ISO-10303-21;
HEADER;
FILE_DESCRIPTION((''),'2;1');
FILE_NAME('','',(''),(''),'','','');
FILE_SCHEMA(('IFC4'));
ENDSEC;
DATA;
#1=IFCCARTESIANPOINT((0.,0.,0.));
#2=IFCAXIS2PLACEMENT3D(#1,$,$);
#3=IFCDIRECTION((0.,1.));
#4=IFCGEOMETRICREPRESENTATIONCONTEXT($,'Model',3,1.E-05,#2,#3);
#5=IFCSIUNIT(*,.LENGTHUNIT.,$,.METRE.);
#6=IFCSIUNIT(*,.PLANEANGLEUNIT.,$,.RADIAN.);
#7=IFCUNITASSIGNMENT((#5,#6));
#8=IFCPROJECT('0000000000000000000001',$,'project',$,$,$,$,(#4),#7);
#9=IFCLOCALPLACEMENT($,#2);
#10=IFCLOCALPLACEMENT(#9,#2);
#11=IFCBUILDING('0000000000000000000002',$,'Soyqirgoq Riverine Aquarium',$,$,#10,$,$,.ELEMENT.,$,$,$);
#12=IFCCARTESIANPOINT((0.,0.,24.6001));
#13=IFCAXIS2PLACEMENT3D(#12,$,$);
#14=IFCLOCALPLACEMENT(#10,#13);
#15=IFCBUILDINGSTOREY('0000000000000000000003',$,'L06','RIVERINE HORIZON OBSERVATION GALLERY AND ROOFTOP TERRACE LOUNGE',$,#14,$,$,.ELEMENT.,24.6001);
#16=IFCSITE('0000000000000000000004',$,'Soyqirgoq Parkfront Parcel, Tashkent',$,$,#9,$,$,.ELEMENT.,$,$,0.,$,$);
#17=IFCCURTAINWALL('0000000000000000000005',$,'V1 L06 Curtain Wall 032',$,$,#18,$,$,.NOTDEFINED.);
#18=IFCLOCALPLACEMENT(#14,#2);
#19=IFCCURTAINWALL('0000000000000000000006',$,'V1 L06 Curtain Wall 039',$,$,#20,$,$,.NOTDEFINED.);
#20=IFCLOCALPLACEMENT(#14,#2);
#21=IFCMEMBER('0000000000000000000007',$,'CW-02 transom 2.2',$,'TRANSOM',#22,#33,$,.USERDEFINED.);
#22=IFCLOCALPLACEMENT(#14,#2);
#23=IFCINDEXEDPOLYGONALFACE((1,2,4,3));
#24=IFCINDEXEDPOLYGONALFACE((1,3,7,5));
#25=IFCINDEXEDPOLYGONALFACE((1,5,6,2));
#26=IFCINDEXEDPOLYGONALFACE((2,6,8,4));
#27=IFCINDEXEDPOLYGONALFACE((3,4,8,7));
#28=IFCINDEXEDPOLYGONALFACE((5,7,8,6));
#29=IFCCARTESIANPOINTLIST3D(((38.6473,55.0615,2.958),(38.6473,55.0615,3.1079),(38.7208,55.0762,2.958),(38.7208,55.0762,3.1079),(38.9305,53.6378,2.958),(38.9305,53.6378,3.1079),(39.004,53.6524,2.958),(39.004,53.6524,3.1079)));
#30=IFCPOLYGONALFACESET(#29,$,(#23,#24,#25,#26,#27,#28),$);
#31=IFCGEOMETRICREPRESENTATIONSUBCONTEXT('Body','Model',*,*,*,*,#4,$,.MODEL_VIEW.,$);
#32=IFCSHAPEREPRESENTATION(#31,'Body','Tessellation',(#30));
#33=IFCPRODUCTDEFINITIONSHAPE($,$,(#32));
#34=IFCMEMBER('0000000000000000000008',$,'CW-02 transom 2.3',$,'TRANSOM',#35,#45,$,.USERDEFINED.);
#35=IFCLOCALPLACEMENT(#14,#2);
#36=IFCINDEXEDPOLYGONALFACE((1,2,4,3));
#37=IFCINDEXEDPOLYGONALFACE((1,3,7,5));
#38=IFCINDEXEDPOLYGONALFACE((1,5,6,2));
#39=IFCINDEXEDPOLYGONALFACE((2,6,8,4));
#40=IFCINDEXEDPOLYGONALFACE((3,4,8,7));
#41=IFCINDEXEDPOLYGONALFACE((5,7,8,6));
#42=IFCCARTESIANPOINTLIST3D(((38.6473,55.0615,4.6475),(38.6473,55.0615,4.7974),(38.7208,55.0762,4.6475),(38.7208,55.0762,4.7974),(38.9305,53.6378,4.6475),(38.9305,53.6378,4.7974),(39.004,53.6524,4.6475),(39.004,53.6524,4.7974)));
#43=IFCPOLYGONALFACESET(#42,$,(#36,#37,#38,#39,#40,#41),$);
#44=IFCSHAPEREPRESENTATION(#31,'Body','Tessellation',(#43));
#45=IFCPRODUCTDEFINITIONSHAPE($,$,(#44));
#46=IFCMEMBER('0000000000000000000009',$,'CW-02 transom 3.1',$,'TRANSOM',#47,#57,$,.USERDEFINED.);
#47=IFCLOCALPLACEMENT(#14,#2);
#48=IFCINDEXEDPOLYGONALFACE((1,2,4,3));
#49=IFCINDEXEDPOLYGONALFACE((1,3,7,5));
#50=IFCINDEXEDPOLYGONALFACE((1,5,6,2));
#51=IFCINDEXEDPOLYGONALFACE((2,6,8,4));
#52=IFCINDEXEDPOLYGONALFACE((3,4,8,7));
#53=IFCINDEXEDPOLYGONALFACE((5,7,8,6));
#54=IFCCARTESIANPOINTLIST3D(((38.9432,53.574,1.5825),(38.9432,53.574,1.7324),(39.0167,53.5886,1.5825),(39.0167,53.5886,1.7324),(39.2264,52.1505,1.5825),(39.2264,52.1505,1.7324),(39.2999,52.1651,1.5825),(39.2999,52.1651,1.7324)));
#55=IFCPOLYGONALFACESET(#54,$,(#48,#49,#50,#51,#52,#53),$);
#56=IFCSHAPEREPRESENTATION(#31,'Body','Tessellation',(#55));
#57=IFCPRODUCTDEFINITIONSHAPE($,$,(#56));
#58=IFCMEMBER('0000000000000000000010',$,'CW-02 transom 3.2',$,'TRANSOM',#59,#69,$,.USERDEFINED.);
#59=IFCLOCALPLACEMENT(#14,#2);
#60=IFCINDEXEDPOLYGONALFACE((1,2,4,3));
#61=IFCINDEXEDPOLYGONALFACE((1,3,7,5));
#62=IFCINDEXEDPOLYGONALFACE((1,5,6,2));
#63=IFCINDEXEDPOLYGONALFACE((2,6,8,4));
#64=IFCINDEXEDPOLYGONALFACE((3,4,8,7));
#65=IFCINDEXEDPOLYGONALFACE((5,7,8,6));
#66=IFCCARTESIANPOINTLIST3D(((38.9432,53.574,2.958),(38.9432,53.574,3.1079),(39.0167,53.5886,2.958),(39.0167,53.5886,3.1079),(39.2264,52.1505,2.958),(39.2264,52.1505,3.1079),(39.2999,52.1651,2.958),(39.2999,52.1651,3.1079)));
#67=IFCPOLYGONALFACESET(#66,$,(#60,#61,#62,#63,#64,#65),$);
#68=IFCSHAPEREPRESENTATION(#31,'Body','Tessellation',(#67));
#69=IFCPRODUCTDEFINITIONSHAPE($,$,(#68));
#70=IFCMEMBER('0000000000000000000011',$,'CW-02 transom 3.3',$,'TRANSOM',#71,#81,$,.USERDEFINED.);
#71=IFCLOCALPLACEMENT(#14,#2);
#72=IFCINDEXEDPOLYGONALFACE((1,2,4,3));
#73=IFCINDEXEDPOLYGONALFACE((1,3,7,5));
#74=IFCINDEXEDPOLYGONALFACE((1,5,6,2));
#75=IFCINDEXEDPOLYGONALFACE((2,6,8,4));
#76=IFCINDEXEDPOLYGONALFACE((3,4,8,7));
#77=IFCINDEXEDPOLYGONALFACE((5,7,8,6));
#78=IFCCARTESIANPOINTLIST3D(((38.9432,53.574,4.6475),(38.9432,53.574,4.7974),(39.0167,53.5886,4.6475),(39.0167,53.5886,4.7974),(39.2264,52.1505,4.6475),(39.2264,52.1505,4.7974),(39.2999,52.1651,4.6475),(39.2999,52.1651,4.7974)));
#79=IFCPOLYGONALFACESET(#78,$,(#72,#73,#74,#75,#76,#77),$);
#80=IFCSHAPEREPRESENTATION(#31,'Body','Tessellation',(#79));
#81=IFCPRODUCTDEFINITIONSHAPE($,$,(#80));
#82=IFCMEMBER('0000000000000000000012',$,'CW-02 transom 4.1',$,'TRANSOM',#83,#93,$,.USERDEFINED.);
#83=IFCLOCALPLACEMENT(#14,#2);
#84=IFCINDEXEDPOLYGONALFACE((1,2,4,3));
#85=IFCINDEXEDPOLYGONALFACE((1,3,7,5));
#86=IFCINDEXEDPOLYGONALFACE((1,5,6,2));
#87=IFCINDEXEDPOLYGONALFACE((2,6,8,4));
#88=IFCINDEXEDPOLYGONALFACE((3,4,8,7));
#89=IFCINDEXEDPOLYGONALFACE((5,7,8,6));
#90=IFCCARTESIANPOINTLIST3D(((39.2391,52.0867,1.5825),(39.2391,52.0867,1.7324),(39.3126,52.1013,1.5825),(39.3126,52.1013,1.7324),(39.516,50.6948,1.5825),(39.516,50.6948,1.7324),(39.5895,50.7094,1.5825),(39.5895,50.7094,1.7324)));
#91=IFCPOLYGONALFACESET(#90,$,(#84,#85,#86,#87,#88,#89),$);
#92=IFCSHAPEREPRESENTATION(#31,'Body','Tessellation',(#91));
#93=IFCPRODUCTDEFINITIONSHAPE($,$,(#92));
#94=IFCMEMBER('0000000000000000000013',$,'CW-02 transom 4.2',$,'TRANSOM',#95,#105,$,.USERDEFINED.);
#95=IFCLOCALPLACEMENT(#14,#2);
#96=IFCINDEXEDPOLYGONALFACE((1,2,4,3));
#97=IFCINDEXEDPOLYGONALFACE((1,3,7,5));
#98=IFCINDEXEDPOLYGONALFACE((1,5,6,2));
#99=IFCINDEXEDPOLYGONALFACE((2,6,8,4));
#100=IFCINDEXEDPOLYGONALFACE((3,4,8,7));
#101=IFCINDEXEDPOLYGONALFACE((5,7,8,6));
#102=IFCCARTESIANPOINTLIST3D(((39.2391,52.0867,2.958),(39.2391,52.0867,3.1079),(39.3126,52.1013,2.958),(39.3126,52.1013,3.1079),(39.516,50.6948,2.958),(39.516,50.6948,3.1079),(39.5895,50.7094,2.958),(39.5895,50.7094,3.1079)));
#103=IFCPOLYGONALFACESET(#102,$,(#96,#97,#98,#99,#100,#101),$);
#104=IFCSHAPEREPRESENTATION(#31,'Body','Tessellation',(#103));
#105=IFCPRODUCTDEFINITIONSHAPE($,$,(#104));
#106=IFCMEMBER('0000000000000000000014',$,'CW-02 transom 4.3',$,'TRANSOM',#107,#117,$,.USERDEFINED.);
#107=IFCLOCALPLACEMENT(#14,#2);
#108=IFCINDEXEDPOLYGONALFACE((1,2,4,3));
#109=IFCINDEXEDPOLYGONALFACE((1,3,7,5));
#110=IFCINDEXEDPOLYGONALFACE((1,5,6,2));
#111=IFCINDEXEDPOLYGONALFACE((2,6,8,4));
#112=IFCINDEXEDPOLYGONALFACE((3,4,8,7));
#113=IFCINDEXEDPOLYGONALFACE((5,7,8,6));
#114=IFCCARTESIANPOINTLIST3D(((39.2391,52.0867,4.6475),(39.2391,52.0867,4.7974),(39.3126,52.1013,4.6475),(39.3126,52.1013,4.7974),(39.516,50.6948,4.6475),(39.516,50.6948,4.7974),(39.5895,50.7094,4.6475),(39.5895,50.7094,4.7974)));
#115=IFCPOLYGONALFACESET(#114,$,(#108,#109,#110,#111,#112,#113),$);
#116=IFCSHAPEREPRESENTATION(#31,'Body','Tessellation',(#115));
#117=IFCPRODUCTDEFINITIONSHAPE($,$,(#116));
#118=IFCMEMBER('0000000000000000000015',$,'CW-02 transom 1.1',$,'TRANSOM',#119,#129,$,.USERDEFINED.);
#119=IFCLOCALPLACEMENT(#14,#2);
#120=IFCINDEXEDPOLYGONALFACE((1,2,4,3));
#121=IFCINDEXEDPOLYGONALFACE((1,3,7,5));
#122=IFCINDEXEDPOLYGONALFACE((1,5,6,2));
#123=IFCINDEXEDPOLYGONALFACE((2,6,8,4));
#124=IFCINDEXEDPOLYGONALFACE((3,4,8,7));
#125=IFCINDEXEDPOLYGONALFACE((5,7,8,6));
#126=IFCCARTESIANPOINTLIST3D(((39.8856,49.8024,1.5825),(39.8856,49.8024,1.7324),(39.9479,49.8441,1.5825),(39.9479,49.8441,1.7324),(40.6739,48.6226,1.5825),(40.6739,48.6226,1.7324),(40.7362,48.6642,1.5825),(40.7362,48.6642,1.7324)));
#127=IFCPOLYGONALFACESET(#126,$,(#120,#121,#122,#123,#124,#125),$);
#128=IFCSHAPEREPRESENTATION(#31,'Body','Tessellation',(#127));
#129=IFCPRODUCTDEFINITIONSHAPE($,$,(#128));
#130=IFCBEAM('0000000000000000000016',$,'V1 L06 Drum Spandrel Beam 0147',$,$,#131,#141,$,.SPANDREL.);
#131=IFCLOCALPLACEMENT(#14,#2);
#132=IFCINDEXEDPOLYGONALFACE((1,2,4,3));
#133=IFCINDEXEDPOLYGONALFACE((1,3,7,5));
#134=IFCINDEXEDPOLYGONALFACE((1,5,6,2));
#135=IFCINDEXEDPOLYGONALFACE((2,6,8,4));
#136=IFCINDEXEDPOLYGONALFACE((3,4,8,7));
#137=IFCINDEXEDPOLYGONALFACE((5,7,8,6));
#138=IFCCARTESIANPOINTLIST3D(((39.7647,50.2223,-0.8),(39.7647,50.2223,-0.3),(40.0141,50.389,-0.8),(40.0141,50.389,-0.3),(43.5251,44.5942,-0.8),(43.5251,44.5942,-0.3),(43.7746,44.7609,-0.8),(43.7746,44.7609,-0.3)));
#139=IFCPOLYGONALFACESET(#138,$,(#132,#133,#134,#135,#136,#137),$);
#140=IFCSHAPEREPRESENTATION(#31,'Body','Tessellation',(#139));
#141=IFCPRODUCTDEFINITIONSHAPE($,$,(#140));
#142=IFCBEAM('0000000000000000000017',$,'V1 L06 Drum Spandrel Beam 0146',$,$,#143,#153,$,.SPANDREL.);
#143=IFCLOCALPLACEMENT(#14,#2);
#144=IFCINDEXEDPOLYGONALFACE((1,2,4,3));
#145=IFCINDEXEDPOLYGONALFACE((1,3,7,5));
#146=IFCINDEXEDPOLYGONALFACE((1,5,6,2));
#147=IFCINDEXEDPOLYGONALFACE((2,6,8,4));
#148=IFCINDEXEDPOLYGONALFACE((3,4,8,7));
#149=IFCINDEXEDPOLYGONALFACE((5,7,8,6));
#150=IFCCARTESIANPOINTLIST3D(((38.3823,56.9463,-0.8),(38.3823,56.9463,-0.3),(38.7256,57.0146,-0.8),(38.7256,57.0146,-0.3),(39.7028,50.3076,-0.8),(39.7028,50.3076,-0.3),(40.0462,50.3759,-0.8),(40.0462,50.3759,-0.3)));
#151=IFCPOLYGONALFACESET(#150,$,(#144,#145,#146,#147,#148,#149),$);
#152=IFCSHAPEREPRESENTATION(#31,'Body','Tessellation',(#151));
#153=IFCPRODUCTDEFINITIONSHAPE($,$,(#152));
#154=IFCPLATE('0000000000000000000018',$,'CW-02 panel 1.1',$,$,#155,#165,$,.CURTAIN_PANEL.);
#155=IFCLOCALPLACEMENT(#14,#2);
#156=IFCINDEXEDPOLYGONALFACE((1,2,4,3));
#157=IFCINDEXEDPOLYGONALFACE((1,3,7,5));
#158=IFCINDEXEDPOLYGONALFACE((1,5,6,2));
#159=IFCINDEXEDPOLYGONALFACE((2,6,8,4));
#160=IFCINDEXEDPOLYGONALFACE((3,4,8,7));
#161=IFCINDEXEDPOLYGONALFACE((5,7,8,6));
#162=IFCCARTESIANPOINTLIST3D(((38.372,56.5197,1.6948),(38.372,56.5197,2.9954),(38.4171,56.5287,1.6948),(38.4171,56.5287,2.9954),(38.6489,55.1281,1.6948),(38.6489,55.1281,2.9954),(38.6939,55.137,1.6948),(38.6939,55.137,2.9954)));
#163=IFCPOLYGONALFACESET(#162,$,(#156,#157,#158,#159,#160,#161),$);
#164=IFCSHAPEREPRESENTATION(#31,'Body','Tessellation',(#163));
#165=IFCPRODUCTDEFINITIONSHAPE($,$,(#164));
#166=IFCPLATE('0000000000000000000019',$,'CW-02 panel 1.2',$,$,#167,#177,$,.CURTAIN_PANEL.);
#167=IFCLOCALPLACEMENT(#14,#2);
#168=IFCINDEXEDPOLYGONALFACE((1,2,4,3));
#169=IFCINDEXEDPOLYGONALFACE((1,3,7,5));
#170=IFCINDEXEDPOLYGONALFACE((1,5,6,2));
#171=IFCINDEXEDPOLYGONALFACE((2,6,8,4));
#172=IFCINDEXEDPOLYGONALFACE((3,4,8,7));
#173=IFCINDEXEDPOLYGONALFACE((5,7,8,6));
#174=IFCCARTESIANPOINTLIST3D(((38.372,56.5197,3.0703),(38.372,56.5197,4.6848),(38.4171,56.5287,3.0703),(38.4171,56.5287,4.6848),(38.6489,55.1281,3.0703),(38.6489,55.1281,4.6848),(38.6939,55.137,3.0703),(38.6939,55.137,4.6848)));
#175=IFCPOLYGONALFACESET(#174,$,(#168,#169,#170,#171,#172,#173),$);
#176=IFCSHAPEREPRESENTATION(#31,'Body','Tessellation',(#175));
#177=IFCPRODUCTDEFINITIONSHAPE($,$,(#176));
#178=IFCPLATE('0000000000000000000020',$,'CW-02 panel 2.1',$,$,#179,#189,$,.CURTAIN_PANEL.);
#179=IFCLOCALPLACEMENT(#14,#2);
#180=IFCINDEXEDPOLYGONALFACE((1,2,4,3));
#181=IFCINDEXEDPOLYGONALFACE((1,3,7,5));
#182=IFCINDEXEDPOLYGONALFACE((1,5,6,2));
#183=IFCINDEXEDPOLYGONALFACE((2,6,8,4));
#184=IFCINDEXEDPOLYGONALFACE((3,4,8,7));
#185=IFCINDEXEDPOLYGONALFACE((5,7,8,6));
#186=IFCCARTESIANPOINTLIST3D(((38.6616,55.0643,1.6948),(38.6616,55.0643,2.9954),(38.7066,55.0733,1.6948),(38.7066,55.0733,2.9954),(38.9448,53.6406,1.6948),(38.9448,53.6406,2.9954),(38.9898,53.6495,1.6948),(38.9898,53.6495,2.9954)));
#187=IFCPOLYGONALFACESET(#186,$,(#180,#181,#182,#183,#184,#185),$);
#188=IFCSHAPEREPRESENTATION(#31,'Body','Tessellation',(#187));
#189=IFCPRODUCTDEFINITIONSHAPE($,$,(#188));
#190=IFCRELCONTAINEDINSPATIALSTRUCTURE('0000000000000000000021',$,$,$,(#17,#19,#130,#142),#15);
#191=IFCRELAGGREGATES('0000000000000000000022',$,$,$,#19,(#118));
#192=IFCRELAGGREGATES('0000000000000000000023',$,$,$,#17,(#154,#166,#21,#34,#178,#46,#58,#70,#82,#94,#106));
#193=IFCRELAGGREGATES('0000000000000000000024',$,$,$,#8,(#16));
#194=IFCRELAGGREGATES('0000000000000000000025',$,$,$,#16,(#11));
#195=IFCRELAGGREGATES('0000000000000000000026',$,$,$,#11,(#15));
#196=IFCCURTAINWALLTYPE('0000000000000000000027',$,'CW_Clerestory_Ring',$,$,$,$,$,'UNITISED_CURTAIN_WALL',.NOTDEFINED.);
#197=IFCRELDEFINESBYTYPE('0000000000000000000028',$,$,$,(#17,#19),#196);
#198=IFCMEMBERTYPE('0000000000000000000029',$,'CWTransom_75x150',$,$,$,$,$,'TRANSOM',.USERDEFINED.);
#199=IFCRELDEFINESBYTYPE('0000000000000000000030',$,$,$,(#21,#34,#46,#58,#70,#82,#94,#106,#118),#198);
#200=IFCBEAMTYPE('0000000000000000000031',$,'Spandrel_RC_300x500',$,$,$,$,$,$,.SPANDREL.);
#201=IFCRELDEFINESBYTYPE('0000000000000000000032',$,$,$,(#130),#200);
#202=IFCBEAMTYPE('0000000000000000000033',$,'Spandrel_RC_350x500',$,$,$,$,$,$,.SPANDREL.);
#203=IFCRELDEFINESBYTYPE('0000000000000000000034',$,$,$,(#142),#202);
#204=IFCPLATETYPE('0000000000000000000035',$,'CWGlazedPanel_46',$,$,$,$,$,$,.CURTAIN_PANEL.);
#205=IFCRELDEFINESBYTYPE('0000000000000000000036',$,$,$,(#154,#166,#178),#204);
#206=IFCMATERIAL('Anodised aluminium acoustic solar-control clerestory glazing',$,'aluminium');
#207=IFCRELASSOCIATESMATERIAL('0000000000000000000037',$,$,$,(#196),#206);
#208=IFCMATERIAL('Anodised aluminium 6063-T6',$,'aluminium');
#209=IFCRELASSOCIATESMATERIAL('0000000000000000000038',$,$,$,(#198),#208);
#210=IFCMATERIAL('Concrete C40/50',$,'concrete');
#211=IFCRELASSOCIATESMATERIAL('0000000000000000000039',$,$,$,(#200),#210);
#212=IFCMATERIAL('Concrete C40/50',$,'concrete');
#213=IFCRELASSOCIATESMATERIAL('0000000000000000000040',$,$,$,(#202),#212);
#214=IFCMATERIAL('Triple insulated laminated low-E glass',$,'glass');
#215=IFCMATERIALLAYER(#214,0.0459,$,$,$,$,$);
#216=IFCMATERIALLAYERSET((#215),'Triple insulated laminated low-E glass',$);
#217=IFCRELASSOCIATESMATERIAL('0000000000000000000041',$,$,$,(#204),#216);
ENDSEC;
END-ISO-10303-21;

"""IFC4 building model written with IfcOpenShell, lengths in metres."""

from ifc_helpers import new_model, si_unit, direction, frame, origin, origin_2d, place, context, subcontext, project, spatial, rectangle, extrude, material, layer, layer_set, material_profile, profile_set, type_object, element, aggregate, save


model = new_model("IFC4")

# Units and contexts
model_context = context("Model", 3, precision=1e-05, world=origin(), true_north=direction((0.0, 1.0)))
body_context = subcontext(model_context, "Body", "Model", "MODEL_VIEW")
ifc_project = project(units=[si_unit("LENGTHUNIT", "METRE"), si_unit("PLANEANGLEUNIT", "RADIAN")], contexts=[model_context])

# Site, building, storey
site_placement = place(None, origin())
site = spatial("IfcSite", under=ifc_project, at=site_placement, Name="Soyqirgoq Parkfront Parcel, Tashkent", CompositionType="ELEMENT", RefElevation=0.0)
building_placement = place(site_placement, origin())
building = spatial("IfcBuilding", under=site, at=building_placement, Name="Soyqirgoq Riverine Aquarium", CompositionType="ELEMENT")
storey_placement = place(building_placement, frame((0.0, 0.0, 24.6001)))
storey = spatial("IfcBuildingStorey", under=building, at=storey_placement, Name="L06", Description="RIVERINE HORIZON OBSERVATION GALLERY AND ROOFTOP TERRACE LOUNGE", CompositionType="ELEMENT", Elevation=24.6001)

# Shared definitions
ifc_material_1 = material(Name="Anodised aluminium acoustic solar-control clerestory glazing", Category="aluminium")
curtain_wall_type = type_object("IfcCurtainWallType", Name="CW_Clerestory_Ring", ElementType="UNITISED_CURTAIN_WALL", PredefinedType="NOTDEFINED", material=ifc_material_1)

# Curtain wall
curtain_wall_1_placement = place(storey_placement, origin())
curtain_wall_1 = element("IfcCurtainWall", 1, at=curtain_wall_1_placement, inside=storey, type_object=curtain_wall_type, Name="V1 L06 Curtain Wall 032", PredefinedType="NOTDEFINED")

# Curtain wall
curtain_wall_2_placement = place(storey_placement, origin())
curtain_wall_2 = element("IfcCurtainWall", 2, at=curtain_wall_2_placement, inside=storey, type_object=curtain_wall_type, Name="V1 L06 Curtain Wall 039", PredefinedType="NOTDEFINED")

# Members
ifc_material_2 = material(Name="Anodised aluminium 6063-T6", Category="aluminium")
ifc_material_profile_1 = material_profile(ifc_material_2, rectangle(XDim=0.075, YDim=0.1499, at=origin_2d()), Name="ALU-T 75x150")
ifc_profile_set_1 = profile_set([ifc_material_profile_1], Name="Anodised aluminium 6063-T6")
member_type_1 = type_object("IfcMemberType", Name="CWTransom_75x150", ElementType="TRANSOM", PredefinedType="USERDEFINED", material=ifc_profile_set_1)
member_1_placement = place(storey_placement, frame((38.6841, 55.0688, 3.033), z_axis=(0.195081, -0.980787, 0.0), x_axis=(0.980787, 0.195081, 0.0)))
member_1 = element("IfcMember", 3, at=member_1_placement, type_object=member_type_1, Name="CW-02 transom 2.2", ObjectType="TRANSOM", PredefinedType="USERDEFINED", context=body_context, shape_type="SweptSolid", body=[
    extrude(rectangle(XDim=0.075, YDim=0.1499, at=origin_2d()), origin(), (0.0, 0.0, 1.0), 1.4517),
])
member_2_placement = place(storey_placement, frame((38.6841, 55.0688, 4.7224), z_axis=(0.195081, -0.980787, 0.0), x_axis=(0.980787, 0.195081, 0.0)))
member_2 = element("IfcMember", 4, at=member_2_placement, type_object=member_type_1, Name="CW-02 transom 2.3", ObjectType="TRANSOM", PredefinedType="USERDEFINED", context=body_context, shape_type="SweptSolid", body=[
    extrude(rectangle(XDim=0.075, YDim=0.1499, at=origin_2d()), origin(), (0.0, 0.0, 1.0), 1.4517),
])
member_3_placement = place(storey_placement, frame((38.98, 53.5813, 1.6575), z_axis=(0.195113, -0.980781, 0.0), x_axis=(0.980781, 0.195113, 0.0)))
member_3 = element("IfcMember", 5, at=member_3_placement, type_object=member_type_1, Name="CW-02 transom 3.1", ObjectType="TRANSOM", PredefinedType="USERDEFINED", context=body_context, shape_type="SweptSolid", body=[
    extrude(rectangle(XDim=0.075, YDim=0.1499, at=origin_2d()), origin(), (0.0, 0.0, 1.0), 1.4514),
])
member_4_placement = place(storey_placement, frame((38.98, 53.5813, 3.033), z_axis=(0.195113, -0.980781, 0.0), x_axis=(0.980781, 0.195113, 0.0)))
member_4 = element("IfcMember", 6, at=member_4_placement, type_object=member_type_1, Name="CW-02 transom 3.2", ObjectType="TRANSOM", PredefinedType="USERDEFINED", context=body_context, shape_type="SweptSolid", body=[
    extrude(rectangle(XDim=0.075, YDim=0.1499, at=origin_2d()), origin(), (0.0, 0.0, 1.0), 1.4514),
])
member_5_placement = place(storey_placement, frame((38.98, 53.5813, 4.7224), z_axis=(0.195113, -0.980781, 0.0), x_axis=(0.980781, 0.195113, 0.0)))
member_5 = element("IfcMember", 7, at=member_5_placement, type_object=member_type_1, Name="CW-02 transom 3.3", ObjectType="TRANSOM", PredefinedType="USERDEFINED", context=body_context, shape_type="SweptSolid", body=[
    extrude(rectangle(XDim=0.075, YDim=0.1499, at=origin_2d()), origin(), (0.0, 0.0, 1.0), 1.4514),
])
member_6_placement = place(storey_placement, frame((39.2759, 52.094, 1.6575), z_axis=(0.19509, -0.980785, 0.0), x_axis=(0.980785, 0.19509, 0.0)))
member_6 = element("IfcMember", 8, at=member_6_placement, type_object=member_type_1, Name="CW-02 transom 4.1", ObjectType="TRANSOM", PredefinedType="USERDEFINED", context=body_context, shape_type="SweptSolid", body=[
    extrude(rectangle(XDim=0.075, YDim=0.1499, at=origin_2d()), origin(), (0.0, 0.0, 1.0), 1.4192),
])
member_7_placement = place(storey_placement, frame((39.2759, 52.094, 3.033), z_axis=(0.19509, -0.980785, 0.0), x_axis=(0.980785, 0.19509, 0.0)))
member_7 = element("IfcMember", 9, at=member_7_placement, type_object=member_type_1, Name="CW-02 transom 4.2", ObjectType="TRANSOM", PredefinedType="USERDEFINED", context=body_context, shape_type="SweptSolid", body=[
    extrude(rectangle(XDim=0.075, YDim=0.1499, at=origin_2d()), origin(), (0.0, 0.0, 1.0), 1.4192),
])
member_8_placement = place(storey_placement, frame((39.2759, 52.094, 4.7224), z_axis=(0.19509, -0.980785, 0.0), x_axis=(0.980785, 0.19509, 0.0)))
member_8 = element("IfcMember", 10, at=member_8_placement, type_object=member_type_1, Name="CW-02 transom 4.3", ObjectType="TRANSOM", PredefinedType="USERDEFINED", context=body_context, shape_type="SweptSolid", body=[
    extrude(rectangle(XDim=0.075, YDim=0.1499, at=origin_2d()), origin(), (0.0, 0.0, 1.0), 1.4192),
])
member_9_placement = place(storey_placement, frame((39.9167, 49.8232, 1.6575), z_axis=(0.555534, -0.831494, 0.0), x_axis=(0.831494, 0.555534, 0.0)))
member_9 = element("IfcMember", 11, at=member_9_placement, type_object=member_type_1, Name="CW-02 transom 1.1", ObjectType="TRANSOM", PredefinedType="USERDEFINED", context=body_context, shape_type="SweptSolid", body=[
    extrude(rectangle(XDim=0.075, YDim=0.1499, at=origin_2d()), origin(), (0.0, 0.0, 1.0), 1.4189),
])
aggregate(curtain_wall_2, [member_9])

# Beams
ifc_material_3 = material(Name="Concrete C40/50", Category="concrete")
ifc_material_profile_2 = material_profile(ifc_material_3, rectangle(XDim=0.3, YDim=0.5, at=origin_2d()), Name="RC 300x500")
ifc_profile_set_2 = profile_set([ifc_material_profile_2], Name="Concrete C40/50")
beam_type_1 = type_object("IfcBeamType", Name="Spandrel_RC_300x500", PredefinedType="SPANDREL", material=ifc_profile_set_2)
beam_1_placement = place(storey_placement, frame((39.8894, 50.3057, -0.55), z_axis=(0.555557, -0.831478, 0.0), x_axis=(0.831478, 0.555557, 0.0)))
element("IfcBeam", 12, at=beam_1_placement, inside=storey, type_object=beam_type_1, Name="V1 L06 Drum Spandrel Beam 0147", PredefinedType="SPANDREL", context=body_context, shape_type="SweptSolid", body=[
    extrude(rectangle(XDim=0.3, YDim=0.5, at=origin_2d()), origin(), (0.0, 0.0, 1.0), 6.7688),
])
ifc_material_4 = material(Name="Concrete C40/50", Category="concrete")
ifc_material_profile_3 = material_profile(ifc_material_4, rectangle(XDim=0.3501, YDim=0.5, at=origin_2d()), Name="RC 350x500")
ifc_profile_set_3 = profile_set([ifc_material_profile_3], Name="Concrete C40/50")
beam_type_2 = type_object("IfcBeamType", Name="Spandrel_RC_350x500", PredefinedType="SPANDREL", material=ifc_profile_set_3)
beam_2_placement = place(storey_placement, frame((38.554, 56.9805, -0.55), z_axis=(0.195096, -0.980784, 0.0), x_axis=(0.980784, 0.195096, 0.0)))
element("IfcBeam", 13, at=beam_2_placement, inside=storey, type_object=beam_type_2, Name="V1 L06 Drum Spandrel Beam 0146", PredefinedType="SPANDREL", context=body_context, shape_type="SweptSolid", body=[
    extrude(rectangle(XDim=0.3501, YDim=0.5, at=origin_2d()), origin(), (0.0, 0.0, 1.0), 6.7688),
])

# Plates
ifc_material_5 = material(Name="Triple insulated laminated low-E glass", Category="glass")
ifc_layer_1 = layer(ifc_material_5, 0.0459)
ifc_layer_set_1 = layer_set([ifc_layer_1], Name="Triple insulated laminated low-E glass")
plate_type_1 = type_object("IfcPlateType", Name="CWGlazedPanel_46", PredefinedType="CURTAIN_PANEL", material=ifc_layer_set_1)
plate_1_placement = place(storey_placement, frame((38.533, 55.8284, 1.6948), z_axis=(0.0, 0.0, 1.0), x_axis=(0.195095, -0.980784, 0.0)))
plate_1 = element("IfcPlate", 14, at=plate_1_placement, type_object=plate_type_1, Name="CW-02 panel 1.1", PredefinedType="CURTAIN_PANEL", context=body_context, shape_type="SweptSolid", body=[
    extrude(rectangle(XDim=1.4189, YDim=0.0459, at=origin_2d()), origin(), (0.0, 0.0, 1.0), 1.3005),
])
plate_2_placement = place(storey_placement, frame((38.533, 55.8284, 3.0703), z_axis=(0.0, 0.0, 1.0), x_axis=(0.195095, -0.980784, 0.0)))
plate_2 = element("IfcPlate", 15, at=plate_2_placement, type_object=plate_type_1, Name="CW-02 panel 1.2", PredefinedType="CURTAIN_PANEL", context=body_context, shape_type="SweptSolid", body=[
    extrude(rectangle(XDim=1.4189, YDim=0.0459, at=origin_2d()), origin(), (0.0, 0.0, 1.0), 1.6145),
])
plate_3_placement = place(storey_placement, frame((38.8257, 54.3569, 1.6948), z_axis=(0.0, 0.0, 1.0), x_axis=(0.195095, -0.980784, 0.0)))
plate_3 = element("IfcPlate", 16, at=plate_3_placement, type_object=plate_type_1, Name="CW-02 panel 2.1", PredefinedType="CURTAIN_PANEL", context=body_context, shape_type="SweptSolid", body=[
    extrude(rectangle(XDim=1.4517, YDim=0.0459, at=origin_2d()), origin(), (0.0, 0.0, 1.0), 1.3005),
])
aggregate(curtain_wall_1, [plate_1, plate_2, member_1, member_2, plate_3, member_3, member_4, member_5, member_6, member_7, member_8])

save(model, "model.ifc")
